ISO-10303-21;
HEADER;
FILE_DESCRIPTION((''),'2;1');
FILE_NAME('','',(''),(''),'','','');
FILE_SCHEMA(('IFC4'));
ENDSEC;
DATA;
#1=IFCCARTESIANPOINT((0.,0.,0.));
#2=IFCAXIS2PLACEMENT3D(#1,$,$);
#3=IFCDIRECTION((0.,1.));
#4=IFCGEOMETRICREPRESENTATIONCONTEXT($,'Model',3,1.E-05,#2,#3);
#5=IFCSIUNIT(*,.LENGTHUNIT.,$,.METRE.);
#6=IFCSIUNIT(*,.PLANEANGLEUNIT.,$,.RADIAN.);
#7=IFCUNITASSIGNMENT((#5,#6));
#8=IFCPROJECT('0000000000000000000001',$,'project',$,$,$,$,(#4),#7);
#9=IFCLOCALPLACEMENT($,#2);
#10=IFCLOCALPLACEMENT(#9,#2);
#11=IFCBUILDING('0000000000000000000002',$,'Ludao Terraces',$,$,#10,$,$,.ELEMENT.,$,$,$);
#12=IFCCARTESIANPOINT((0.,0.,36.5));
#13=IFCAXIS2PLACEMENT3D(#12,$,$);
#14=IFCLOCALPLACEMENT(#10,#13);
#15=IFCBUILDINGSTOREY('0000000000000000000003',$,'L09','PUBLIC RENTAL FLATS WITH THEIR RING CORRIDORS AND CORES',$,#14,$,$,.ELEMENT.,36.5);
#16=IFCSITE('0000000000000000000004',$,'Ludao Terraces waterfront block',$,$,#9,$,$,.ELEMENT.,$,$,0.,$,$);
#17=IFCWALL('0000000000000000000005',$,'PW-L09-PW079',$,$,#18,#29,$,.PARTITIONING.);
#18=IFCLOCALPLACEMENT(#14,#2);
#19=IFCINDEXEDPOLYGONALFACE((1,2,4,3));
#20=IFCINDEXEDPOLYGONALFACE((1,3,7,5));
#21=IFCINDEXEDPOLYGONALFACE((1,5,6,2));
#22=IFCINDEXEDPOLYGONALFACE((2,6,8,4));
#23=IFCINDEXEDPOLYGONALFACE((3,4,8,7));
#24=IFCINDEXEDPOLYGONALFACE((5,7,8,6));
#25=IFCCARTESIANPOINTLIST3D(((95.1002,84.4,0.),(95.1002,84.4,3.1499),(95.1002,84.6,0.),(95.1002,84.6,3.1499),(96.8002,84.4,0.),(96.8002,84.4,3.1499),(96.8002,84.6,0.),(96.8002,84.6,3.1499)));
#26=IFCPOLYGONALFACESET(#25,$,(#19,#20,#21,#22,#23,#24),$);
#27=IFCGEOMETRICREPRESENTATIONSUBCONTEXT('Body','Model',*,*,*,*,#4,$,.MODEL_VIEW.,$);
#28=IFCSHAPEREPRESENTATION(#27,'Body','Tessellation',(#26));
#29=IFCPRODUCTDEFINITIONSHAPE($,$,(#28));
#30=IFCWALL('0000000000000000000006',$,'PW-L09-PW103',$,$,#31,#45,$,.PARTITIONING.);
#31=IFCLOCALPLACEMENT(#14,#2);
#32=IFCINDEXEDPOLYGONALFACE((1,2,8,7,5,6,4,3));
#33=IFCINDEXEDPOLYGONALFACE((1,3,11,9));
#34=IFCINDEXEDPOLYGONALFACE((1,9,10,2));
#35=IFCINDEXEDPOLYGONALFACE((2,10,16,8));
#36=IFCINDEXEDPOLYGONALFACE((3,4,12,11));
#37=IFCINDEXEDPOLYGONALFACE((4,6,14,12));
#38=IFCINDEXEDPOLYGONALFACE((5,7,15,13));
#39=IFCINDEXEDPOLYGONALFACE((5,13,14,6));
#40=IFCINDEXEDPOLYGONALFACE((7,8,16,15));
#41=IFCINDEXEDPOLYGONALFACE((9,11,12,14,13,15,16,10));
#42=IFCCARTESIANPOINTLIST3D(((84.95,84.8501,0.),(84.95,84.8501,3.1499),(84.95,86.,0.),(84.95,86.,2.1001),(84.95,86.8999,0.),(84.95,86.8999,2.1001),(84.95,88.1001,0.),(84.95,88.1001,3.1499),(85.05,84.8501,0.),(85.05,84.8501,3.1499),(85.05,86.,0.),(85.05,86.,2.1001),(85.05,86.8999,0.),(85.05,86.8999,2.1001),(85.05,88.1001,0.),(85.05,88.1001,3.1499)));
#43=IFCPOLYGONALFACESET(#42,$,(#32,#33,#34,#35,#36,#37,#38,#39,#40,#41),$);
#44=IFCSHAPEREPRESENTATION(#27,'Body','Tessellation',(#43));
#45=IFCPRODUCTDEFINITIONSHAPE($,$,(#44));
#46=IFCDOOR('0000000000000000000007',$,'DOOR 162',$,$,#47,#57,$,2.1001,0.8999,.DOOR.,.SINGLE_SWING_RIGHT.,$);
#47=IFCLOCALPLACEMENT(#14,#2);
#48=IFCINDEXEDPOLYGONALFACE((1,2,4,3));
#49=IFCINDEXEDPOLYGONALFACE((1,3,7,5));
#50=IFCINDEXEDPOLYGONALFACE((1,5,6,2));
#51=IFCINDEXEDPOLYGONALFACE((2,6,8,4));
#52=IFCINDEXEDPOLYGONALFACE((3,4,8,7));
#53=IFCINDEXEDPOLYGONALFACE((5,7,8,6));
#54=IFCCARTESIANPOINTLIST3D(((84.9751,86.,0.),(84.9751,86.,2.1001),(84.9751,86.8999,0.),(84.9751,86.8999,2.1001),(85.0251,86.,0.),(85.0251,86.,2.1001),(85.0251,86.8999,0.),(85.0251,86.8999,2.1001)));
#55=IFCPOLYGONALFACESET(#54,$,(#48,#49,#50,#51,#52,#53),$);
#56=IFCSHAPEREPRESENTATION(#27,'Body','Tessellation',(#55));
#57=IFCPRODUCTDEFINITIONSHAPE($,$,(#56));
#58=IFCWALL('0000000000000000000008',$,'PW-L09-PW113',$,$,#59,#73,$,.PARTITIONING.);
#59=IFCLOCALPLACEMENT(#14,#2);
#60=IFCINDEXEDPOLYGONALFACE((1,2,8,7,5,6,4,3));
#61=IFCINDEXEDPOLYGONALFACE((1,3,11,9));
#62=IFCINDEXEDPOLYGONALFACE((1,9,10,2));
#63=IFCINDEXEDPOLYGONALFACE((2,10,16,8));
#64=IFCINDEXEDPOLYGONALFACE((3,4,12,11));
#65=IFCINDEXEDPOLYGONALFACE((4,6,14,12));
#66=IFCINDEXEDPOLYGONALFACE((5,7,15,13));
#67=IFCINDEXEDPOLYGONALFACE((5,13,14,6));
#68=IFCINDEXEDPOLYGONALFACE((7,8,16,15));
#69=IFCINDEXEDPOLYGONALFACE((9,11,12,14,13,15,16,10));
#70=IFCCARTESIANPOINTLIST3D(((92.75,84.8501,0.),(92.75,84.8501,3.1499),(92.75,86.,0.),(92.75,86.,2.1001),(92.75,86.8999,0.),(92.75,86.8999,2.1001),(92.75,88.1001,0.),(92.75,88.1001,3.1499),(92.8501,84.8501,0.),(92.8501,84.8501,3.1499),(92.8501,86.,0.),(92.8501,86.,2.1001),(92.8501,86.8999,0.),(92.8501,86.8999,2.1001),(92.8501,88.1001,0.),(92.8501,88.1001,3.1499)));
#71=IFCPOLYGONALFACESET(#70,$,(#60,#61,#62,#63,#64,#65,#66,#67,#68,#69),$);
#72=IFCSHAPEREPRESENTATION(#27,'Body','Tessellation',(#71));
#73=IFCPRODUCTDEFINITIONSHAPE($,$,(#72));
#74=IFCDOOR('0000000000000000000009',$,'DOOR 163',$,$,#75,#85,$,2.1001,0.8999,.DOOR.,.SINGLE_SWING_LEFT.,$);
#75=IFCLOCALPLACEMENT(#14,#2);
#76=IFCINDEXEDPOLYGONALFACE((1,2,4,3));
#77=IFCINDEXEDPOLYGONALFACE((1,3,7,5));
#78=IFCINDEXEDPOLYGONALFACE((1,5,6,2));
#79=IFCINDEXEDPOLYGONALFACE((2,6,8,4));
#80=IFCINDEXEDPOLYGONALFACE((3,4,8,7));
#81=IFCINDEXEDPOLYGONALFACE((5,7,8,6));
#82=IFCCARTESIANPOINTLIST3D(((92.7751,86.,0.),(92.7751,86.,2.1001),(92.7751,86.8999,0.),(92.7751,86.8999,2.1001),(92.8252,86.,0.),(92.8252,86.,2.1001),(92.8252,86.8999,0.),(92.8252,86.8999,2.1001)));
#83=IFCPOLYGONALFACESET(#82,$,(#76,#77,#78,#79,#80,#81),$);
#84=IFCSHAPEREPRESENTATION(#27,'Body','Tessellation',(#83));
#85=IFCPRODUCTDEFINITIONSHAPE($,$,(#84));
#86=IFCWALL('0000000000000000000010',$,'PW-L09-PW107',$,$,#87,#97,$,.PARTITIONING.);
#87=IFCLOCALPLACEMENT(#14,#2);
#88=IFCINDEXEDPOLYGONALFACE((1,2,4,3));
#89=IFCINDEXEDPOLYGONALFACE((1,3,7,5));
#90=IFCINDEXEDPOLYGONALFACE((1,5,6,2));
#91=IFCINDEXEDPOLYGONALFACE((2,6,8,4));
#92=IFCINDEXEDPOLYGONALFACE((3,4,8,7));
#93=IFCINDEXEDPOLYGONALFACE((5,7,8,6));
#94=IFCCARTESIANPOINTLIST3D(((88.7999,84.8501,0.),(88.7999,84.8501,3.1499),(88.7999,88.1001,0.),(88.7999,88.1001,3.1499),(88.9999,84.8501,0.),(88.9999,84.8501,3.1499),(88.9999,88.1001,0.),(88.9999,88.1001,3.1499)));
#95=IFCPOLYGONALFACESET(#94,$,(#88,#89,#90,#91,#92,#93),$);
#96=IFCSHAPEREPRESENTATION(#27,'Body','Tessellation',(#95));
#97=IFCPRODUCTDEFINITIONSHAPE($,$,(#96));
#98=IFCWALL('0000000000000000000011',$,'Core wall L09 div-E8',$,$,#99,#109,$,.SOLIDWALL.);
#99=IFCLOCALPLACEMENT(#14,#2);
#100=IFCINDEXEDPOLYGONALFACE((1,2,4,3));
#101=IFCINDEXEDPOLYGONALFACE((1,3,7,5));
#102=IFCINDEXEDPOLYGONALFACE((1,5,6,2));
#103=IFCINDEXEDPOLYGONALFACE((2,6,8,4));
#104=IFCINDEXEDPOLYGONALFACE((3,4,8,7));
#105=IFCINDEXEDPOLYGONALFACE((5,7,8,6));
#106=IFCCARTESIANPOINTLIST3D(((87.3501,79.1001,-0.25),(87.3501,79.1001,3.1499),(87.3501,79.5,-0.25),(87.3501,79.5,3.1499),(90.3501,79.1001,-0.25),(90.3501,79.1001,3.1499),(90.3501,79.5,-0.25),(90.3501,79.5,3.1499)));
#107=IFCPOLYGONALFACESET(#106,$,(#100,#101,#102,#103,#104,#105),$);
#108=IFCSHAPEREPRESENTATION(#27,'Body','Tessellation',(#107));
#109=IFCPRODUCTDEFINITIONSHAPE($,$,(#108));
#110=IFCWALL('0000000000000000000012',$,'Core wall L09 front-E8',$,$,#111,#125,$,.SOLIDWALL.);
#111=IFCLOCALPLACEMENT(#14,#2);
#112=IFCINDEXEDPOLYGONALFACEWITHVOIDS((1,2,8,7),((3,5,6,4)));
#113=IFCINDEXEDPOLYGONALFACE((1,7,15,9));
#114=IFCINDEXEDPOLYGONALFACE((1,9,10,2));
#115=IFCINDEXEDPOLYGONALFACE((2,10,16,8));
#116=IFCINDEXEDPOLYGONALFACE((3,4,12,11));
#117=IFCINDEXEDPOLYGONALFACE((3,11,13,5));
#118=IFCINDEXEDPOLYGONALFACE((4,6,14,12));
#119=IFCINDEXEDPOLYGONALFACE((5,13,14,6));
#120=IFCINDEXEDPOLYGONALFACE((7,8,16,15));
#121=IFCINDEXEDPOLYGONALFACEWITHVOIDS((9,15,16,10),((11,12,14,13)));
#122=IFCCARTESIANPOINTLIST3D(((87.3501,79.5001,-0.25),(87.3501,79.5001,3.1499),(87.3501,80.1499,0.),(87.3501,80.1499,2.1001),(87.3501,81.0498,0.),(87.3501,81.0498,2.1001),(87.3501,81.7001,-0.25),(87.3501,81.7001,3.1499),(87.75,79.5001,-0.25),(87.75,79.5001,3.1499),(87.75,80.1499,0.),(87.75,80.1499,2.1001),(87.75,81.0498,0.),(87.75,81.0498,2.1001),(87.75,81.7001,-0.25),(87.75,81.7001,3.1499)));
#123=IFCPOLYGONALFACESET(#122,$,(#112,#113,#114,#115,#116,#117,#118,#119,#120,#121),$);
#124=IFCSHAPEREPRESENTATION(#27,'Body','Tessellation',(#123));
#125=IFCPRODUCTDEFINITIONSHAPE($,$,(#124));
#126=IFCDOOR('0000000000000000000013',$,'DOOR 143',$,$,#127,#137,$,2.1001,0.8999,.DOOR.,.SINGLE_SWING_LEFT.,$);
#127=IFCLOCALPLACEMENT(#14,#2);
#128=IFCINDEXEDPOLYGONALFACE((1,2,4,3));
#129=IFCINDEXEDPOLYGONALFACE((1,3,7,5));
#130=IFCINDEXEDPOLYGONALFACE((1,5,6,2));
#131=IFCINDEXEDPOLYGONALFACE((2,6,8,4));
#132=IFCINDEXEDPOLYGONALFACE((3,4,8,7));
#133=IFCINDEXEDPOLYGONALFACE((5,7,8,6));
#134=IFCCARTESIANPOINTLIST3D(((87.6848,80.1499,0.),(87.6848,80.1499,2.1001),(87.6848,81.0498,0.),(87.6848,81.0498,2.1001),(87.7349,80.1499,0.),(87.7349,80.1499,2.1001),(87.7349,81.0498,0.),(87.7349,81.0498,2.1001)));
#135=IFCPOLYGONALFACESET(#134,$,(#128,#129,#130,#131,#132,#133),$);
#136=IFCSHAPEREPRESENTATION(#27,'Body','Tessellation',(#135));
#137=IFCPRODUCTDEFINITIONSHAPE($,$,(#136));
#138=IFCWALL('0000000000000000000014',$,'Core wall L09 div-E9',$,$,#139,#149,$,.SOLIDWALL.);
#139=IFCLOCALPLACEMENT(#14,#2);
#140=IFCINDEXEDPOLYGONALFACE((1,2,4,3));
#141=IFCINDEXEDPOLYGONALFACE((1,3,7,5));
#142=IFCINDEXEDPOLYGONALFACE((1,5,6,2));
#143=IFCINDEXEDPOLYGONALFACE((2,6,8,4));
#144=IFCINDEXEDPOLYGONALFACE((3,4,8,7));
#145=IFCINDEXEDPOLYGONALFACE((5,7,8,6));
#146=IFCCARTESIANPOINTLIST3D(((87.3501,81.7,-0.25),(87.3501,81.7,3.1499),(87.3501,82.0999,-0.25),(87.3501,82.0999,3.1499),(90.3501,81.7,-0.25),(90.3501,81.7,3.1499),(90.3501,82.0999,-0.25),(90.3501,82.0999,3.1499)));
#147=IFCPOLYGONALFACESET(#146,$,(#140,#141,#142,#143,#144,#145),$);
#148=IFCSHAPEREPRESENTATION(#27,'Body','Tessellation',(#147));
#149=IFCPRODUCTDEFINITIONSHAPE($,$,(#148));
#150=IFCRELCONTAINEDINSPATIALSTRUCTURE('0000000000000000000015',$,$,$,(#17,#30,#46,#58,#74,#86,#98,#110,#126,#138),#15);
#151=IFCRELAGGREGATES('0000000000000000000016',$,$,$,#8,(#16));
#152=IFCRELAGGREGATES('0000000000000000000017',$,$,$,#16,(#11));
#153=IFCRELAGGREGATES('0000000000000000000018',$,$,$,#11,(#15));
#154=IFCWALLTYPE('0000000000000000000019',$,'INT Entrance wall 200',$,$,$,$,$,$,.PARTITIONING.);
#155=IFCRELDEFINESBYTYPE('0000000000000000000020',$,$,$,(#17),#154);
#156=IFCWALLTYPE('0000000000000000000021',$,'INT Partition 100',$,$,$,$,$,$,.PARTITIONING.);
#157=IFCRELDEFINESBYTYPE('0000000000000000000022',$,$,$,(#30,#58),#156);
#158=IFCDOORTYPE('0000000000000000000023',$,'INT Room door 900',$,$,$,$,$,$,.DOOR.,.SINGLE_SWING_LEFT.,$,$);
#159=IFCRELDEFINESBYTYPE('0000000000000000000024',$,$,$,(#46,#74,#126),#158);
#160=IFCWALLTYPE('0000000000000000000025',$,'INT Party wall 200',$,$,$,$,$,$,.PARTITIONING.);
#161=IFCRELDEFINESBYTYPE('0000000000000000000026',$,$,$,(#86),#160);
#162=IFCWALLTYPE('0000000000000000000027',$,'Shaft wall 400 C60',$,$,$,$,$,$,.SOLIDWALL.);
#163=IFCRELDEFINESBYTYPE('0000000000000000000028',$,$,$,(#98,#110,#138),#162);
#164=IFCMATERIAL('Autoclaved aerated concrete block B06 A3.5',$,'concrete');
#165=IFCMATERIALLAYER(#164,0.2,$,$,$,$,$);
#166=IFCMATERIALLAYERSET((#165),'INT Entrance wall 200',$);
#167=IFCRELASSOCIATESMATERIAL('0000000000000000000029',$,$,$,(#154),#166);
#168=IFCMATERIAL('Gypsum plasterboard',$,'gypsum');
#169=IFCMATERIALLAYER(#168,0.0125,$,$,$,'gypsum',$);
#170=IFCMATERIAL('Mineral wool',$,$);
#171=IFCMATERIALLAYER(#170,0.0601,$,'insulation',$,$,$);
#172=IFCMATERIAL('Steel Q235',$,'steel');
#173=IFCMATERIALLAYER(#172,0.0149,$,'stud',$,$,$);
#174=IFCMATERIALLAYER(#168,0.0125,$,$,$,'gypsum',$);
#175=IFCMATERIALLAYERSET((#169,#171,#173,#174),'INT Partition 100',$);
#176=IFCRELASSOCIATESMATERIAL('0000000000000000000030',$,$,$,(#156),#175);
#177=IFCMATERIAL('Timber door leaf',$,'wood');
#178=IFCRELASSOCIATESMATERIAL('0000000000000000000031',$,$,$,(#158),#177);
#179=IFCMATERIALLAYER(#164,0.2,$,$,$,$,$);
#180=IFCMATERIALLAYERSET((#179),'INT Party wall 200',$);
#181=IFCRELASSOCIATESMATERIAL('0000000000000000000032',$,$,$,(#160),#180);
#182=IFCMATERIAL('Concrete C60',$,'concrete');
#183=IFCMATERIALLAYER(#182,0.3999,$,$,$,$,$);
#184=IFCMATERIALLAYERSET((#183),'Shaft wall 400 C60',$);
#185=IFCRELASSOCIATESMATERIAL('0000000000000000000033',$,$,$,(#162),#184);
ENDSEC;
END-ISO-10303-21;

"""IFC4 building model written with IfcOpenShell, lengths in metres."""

from ifc_helpers import new_model, si_unit, direction, frame, frame_2d, origin, place, context, subcontext, project, spatial, rectangle, extrude, material, layer, layer_set, type_object, element, fill, save


model = new_model("IFC4")

# Units and contexts
model_context = context("Model", 3, precision=1e-05, world=origin(), true_north=direction((0.0, 1.0)))
body_context = subcontext(model_context, "Body", "Model", "MODEL_VIEW")
ifc_project = project(units=[si_unit("LENGTHUNIT", "METRE"), si_unit("PLANEANGLEUNIT", "RADIAN")], contexts=[model_context])

# Site, building, storey
site_placement = place(None, origin())
site = spatial("IfcSite", under=ifc_project, at=site_placement, Name="Ludao Terraces waterfront block", CompositionType="ELEMENT", RefElevation=0.0)
building_placement = place(site_placement, origin())
building = spatial("IfcBuilding", under=site, at=building_placement, Name="Ludao Terraces", CompositionType="ELEMENT")
storey_placement = place(building_placement, frame((0.0, 0.0, 36.5)))
storey = spatial("IfcBuildingStorey", under=building, at=storey_placement, Name="L09", Description="PUBLIC RENTAL FLATS WITH THEIR RING CORRIDORS AND CORES", CompositionType="ELEMENT", Elevation=36.5)

# Shared definitions
ifc_material_1 = material(Name="Mineral wool")

# Wall
ifc_material_2 = material(Name="Autoclaved aerated concrete block B06 A3.5", Category="concrete")
ifc_layer_1 = layer(ifc_material_2, 0.2)
ifc_layer_set_1 = layer_set([ifc_layer_1], Name="INT Entrance wall 200")
wall_type_1 = type_object("IfcWallType", Name="INT Entrance wall 200", PredefinedType="PARTITIONING", material=ifc_layer_set_1)
wall_1_placement = place(storey_placement, frame((95.1001, 84.5, 0.0), z_axis=(0.0, 0.0, 1.0), x_axis=(1.0, 0.0, 0.0)))
element("IfcWall", 1, at=wall_1_placement, inside=storey, type_object=wall_type_1, Name="PW-L09-PW079", PredefinedType="PARTITIONING", context=body_context, shape_type="SweptSolid", body=[
    extrude(rectangle(XDim=1.7, YDim=0.2, at=frame_2d((0.8501, 0.0))), origin(), (0.0, 0.0, 1.0), 3.1499),
])

# Walls, openings, doors
ifc_material_3 = material(Name="Gypsum plasterboard", Category="gypsum")
ifc_layer_2 = layer(ifc_material_3, 0.0125, Category="gypsum")
ifc_layer_3 = layer(ifc_material_1, 0.0601, Name="insulation")
ifc_material_4 = material(Name="Steel Q235", Category="steel")
ifc_layer_4 = layer(ifc_material_4, 0.0149, Name="stud")
ifc_layer_5 = layer(ifc_material_3, 0.0125, Category="gypsum")
ifc_layer_set_2 = layer_set([ifc_layer_2, ifc_layer_3, ifc_layer_4, ifc_layer_5], Name="INT Partition 100")
wall_type_2 = type_object("IfcWallType", Name="INT Partition 100", PredefinedType="PARTITIONING", material=ifc_layer_set_2)
wall_2_placement = place(storey_placement, frame((85.0, 84.8501, 0.0), z_axis=(0.0, 0.0, 1.0), x_axis=(0.0, 1.0, 0.0)))
wall_2 = element("IfcWall", 2, at=wall_2_placement, inside=storey, type_object=wall_type_2, Name="PW-L09-PW103", PredefinedType="PARTITIONING", context=body_context, shape_type="SweptSolid", body=[
    extrude(rectangle(XDim=3.25, YDim=0.1001, at=frame_2d((1.625, 0.0))), origin(), (0.0, 0.0, 1.0), 3.1499),
])
opening_1_placement = place(wall_2_placement, frame((1.1499, 0.0, 0.0)))
opening_1 = element("IfcOpeningElement", 3, at=opening_1_placement, cuts=wall_2, PredefinedType="OPENING", context=body_context, shape_type="SweptSolid", body=[
    extrude(rectangle(XDim=0.8999, YDim=2.1001, at=frame_2d((0.45, 1.05))), frame((0.0, 0.0601, 0.0), z_axis=(0.0, -1.0, 0.0), x_axis=(1.0, 0.0, 0.0)), (0.0, 0.0, 1.0), 0.1201),
])
ifc_material_5 = material(Name="Timber door leaf", Category="wood")
door_type_1 = type_object("IfcDoorType", Name="INT Room door 900", OperationType="SINGLE_SWING_LEFT", PredefinedType="DOOR", material=ifc_material_5)
door_1_placement = place(opening_1_placement, origin())
door_1 = element("IfcDoor", 4, at=door_1_placement, inside=storey, type_object=door_type_1, Name="DOOR 162", OperationType="SINGLE_SWING_RIGHT", OverallHeight=2.1001, OverallWidth=0.8999, PredefinedType="DOOR", context=body_context, shape_type="SweptSolid", body=[
    extrude(rectangle(XDim=0.8999, YDim=2.1001, at=frame_2d((0.45, 1.05))), frame((0.0, 0.0249, 0.0), z_axis=(0.0, -1.0, 0.0), x_axis=(1.0, 0.0, 0.0)), (0.0, 0.0, 1.0), 0.05),
])
fill(opening_1, door_1)
wall_3_placement = place(storey_placement, frame((92.8, 84.8501, 0.0), z_axis=(0.0, 0.0, 1.0), x_axis=(0.0, 1.0, 0.0)))
wall_3 = element("IfcWall", 5, at=wall_3_placement, inside=storey, type_object=wall_type_2, Name="PW-L09-PW113", PredefinedType="PARTITIONING", context=body_context, shape_type="SweptSolid", body=[
    extrude(rectangle(XDim=3.25, YDim=0.1001, at=frame_2d((1.625, 0.0))), origin(), (0.0, 0.0, 1.0), 3.1499),
])
opening_2_placement = place(wall_3_placement, frame((1.1499, 0.0, 0.0)))
opening_2 = element("IfcOpeningElement", 6, at=opening_2_placement, cuts=wall_3, PredefinedType="OPENING", context=body_context, shape_type="SweptSolid", body=[
    extrude(rectangle(XDim=0.8999, YDim=2.1001, at=frame_2d((0.45, 1.05))), frame((0.0, 0.0601, 0.0), z_axis=(0.0, -1.0, 0.0), x_axis=(1.0, 0.0, 0.0)), (0.0, 0.0, 1.0), 0.1201),
])
door_2_placement = place(opening_2_placement, origin())
door_2 = element("IfcDoor", 7, at=door_2_placement, inside=storey, type_object=door_type_1, Name="DOOR 163", OperationType="SINGLE_SWING_LEFT", OverallHeight=2.1001, OverallWidth=0.8999, PredefinedType="DOOR", context=body_context, shape_type="SweptSolid", body=[
    extrude(rectangle(XDim=0.8999, YDim=2.1001, at=frame_2d((0.45, 1.05))), frame((0.0, 0.0249, 0.0), z_axis=(0.0, -1.0, 0.0), x_axis=(1.0, 0.0, 0.0)), (0.0, 0.0, 1.0), 0.05),
])
fill(opening_2, door_2)

# Walls
ifc_layer_6 = layer(ifc_material_2, 0.2)
ifc_layer_set_3 = layer_set([ifc_layer_6], Name="INT Party wall 200")
wall_type_3 = type_object("IfcWallType", Name="INT Party wall 200", PredefinedType="PARTITIONING", material=ifc_layer_set_3)
wall_4_placement = place(storey_placement, frame((88.8999, 84.8501, 0.0), z_axis=(0.0, 0.0, 1.0), x_axis=(0.0, 1.0, 0.0)))
element("IfcWall", 8, at=wall_4_placement, inside=storey, type_object=wall_type_3, Name="PW-L09-PW107", PredefinedType="PARTITIONING", context=body_context, shape_type="SweptSolid", body=[
    extrude(rectangle(XDim=3.25, YDim=0.2, at=frame_2d((1.625, 0.0))), origin(), (0.0, 0.0, 1.0), 3.1499),
])
ifc_material_6 = material(Name="Concrete C60", Category="concrete")
ifc_layer_7 = layer(ifc_material_6, 0.3999)
ifc_layer_set_4 = layer_set([ifc_layer_7], Name="Shaft wall 400 C60")
wall_type_4 = type_object("IfcWallType", Name="Shaft wall 400 C60", PredefinedType="SOLIDWALL", material=ifc_layer_set_4)
wall_5_placement = place(storey_placement, frame((87.3501, 79.3, -0.25), z_axis=(0.0, 0.0, 1.0), x_axis=(1.0, 0.0, 0.0)))
element("IfcWall", 9, at=wall_5_placement, inside=storey, type_object=wall_type_4, Name="Core wall L09 div-E8", PredefinedType="SOLIDWALL", context=body_context, shape_type="SweptSolid", body=[
    extrude(rectangle(XDim=3.0, YDim=0.3999, at=frame_2d((1.5, 0.0))), origin(), (0.0, 0.0, 1.0), 3.3999),
])

# Wall, opening, door
wall_6_placement = place(storey_placement, frame((87.55, 79.5, -0.25), z_axis=(0.0, 0.0, 1.0), x_axis=(0.0, 1.0, 0.0)))
wall_6 = element("IfcWall", 10, at=wall_6_placement, inside=storey, type_object=wall_type_4, Name="Core wall L09 front-E8", PredefinedType="SOLIDWALL", context=body_context, shape_type="SweptSolid", body=[
    extrude(rectangle(XDim=2.2, YDim=0.3999, at=frame_2d((1.1001, 0.0))), origin(), (0.0, 0.0, 1.0), 3.3999),
])
opening_3_placement = place(wall_6_placement, frame((0.6499, 0.0, 0.25)))
opening_3 = element("IfcOpeningElement", 11, at=opening_3_placement, cuts=wall_6, PredefinedType="OPENING", context=body_context, shape_type="SweptSolid", body=[
    extrude(rectangle(XDim=0.8999, YDim=2.1001, at=frame_2d((0.45, 1.05))), frame((0.0, 0.21, 0.0), z_axis=(0.0, -1.0, 0.0), x_axis=(1.0, 0.0, 0.0)), (0.0, 0.0, 1.0), 0.4199),
])
door_3_placement = place(opening_3_placement, origin())
door_3 = element("IfcDoor", 12, at=door_3_placement, inside=storey, type_object=door_type_1, Name="DOOR 143", OperationType="SINGLE_SWING_LEFT", OverallHeight=2.1001, OverallWidth=0.8999, PredefinedType="DOOR", context=body_context, shape_type="SweptSolid", body=[
    extrude(rectangle(XDim=0.8999, YDim=2.1001, at=frame_2d((0.45, 1.05))), frame((0.0, -0.1348, 0.0), z_axis=(0.0, -1.0, 0.0), x_axis=(1.0, 0.0, 0.0)), (0.0, 0.0, 1.0), 0.05),
])
fill(opening_3, door_3)

# Wall
wall_7_placement = place(storey_placement, frame((87.3501, 81.8999, -0.25), z_axis=(0.0, 0.0, 1.0), x_axis=(1.0, 0.0, 0.0)))
element("IfcWall", 13, at=wall_7_placement, inside=storey, type_object=wall_type_4, Name="Core wall L09 div-E9", PredefinedType="SOLIDWALL", context=body_context, shape_type="SweptSolid", body=[
    extrude(rectangle(XDim=3.0, YDim=0.3999, at=frame_2d((1.5, 0.0))), origin(), (0.0, 0.0, 1.0), 3.3999),
])

save(model, "model.ifc")
